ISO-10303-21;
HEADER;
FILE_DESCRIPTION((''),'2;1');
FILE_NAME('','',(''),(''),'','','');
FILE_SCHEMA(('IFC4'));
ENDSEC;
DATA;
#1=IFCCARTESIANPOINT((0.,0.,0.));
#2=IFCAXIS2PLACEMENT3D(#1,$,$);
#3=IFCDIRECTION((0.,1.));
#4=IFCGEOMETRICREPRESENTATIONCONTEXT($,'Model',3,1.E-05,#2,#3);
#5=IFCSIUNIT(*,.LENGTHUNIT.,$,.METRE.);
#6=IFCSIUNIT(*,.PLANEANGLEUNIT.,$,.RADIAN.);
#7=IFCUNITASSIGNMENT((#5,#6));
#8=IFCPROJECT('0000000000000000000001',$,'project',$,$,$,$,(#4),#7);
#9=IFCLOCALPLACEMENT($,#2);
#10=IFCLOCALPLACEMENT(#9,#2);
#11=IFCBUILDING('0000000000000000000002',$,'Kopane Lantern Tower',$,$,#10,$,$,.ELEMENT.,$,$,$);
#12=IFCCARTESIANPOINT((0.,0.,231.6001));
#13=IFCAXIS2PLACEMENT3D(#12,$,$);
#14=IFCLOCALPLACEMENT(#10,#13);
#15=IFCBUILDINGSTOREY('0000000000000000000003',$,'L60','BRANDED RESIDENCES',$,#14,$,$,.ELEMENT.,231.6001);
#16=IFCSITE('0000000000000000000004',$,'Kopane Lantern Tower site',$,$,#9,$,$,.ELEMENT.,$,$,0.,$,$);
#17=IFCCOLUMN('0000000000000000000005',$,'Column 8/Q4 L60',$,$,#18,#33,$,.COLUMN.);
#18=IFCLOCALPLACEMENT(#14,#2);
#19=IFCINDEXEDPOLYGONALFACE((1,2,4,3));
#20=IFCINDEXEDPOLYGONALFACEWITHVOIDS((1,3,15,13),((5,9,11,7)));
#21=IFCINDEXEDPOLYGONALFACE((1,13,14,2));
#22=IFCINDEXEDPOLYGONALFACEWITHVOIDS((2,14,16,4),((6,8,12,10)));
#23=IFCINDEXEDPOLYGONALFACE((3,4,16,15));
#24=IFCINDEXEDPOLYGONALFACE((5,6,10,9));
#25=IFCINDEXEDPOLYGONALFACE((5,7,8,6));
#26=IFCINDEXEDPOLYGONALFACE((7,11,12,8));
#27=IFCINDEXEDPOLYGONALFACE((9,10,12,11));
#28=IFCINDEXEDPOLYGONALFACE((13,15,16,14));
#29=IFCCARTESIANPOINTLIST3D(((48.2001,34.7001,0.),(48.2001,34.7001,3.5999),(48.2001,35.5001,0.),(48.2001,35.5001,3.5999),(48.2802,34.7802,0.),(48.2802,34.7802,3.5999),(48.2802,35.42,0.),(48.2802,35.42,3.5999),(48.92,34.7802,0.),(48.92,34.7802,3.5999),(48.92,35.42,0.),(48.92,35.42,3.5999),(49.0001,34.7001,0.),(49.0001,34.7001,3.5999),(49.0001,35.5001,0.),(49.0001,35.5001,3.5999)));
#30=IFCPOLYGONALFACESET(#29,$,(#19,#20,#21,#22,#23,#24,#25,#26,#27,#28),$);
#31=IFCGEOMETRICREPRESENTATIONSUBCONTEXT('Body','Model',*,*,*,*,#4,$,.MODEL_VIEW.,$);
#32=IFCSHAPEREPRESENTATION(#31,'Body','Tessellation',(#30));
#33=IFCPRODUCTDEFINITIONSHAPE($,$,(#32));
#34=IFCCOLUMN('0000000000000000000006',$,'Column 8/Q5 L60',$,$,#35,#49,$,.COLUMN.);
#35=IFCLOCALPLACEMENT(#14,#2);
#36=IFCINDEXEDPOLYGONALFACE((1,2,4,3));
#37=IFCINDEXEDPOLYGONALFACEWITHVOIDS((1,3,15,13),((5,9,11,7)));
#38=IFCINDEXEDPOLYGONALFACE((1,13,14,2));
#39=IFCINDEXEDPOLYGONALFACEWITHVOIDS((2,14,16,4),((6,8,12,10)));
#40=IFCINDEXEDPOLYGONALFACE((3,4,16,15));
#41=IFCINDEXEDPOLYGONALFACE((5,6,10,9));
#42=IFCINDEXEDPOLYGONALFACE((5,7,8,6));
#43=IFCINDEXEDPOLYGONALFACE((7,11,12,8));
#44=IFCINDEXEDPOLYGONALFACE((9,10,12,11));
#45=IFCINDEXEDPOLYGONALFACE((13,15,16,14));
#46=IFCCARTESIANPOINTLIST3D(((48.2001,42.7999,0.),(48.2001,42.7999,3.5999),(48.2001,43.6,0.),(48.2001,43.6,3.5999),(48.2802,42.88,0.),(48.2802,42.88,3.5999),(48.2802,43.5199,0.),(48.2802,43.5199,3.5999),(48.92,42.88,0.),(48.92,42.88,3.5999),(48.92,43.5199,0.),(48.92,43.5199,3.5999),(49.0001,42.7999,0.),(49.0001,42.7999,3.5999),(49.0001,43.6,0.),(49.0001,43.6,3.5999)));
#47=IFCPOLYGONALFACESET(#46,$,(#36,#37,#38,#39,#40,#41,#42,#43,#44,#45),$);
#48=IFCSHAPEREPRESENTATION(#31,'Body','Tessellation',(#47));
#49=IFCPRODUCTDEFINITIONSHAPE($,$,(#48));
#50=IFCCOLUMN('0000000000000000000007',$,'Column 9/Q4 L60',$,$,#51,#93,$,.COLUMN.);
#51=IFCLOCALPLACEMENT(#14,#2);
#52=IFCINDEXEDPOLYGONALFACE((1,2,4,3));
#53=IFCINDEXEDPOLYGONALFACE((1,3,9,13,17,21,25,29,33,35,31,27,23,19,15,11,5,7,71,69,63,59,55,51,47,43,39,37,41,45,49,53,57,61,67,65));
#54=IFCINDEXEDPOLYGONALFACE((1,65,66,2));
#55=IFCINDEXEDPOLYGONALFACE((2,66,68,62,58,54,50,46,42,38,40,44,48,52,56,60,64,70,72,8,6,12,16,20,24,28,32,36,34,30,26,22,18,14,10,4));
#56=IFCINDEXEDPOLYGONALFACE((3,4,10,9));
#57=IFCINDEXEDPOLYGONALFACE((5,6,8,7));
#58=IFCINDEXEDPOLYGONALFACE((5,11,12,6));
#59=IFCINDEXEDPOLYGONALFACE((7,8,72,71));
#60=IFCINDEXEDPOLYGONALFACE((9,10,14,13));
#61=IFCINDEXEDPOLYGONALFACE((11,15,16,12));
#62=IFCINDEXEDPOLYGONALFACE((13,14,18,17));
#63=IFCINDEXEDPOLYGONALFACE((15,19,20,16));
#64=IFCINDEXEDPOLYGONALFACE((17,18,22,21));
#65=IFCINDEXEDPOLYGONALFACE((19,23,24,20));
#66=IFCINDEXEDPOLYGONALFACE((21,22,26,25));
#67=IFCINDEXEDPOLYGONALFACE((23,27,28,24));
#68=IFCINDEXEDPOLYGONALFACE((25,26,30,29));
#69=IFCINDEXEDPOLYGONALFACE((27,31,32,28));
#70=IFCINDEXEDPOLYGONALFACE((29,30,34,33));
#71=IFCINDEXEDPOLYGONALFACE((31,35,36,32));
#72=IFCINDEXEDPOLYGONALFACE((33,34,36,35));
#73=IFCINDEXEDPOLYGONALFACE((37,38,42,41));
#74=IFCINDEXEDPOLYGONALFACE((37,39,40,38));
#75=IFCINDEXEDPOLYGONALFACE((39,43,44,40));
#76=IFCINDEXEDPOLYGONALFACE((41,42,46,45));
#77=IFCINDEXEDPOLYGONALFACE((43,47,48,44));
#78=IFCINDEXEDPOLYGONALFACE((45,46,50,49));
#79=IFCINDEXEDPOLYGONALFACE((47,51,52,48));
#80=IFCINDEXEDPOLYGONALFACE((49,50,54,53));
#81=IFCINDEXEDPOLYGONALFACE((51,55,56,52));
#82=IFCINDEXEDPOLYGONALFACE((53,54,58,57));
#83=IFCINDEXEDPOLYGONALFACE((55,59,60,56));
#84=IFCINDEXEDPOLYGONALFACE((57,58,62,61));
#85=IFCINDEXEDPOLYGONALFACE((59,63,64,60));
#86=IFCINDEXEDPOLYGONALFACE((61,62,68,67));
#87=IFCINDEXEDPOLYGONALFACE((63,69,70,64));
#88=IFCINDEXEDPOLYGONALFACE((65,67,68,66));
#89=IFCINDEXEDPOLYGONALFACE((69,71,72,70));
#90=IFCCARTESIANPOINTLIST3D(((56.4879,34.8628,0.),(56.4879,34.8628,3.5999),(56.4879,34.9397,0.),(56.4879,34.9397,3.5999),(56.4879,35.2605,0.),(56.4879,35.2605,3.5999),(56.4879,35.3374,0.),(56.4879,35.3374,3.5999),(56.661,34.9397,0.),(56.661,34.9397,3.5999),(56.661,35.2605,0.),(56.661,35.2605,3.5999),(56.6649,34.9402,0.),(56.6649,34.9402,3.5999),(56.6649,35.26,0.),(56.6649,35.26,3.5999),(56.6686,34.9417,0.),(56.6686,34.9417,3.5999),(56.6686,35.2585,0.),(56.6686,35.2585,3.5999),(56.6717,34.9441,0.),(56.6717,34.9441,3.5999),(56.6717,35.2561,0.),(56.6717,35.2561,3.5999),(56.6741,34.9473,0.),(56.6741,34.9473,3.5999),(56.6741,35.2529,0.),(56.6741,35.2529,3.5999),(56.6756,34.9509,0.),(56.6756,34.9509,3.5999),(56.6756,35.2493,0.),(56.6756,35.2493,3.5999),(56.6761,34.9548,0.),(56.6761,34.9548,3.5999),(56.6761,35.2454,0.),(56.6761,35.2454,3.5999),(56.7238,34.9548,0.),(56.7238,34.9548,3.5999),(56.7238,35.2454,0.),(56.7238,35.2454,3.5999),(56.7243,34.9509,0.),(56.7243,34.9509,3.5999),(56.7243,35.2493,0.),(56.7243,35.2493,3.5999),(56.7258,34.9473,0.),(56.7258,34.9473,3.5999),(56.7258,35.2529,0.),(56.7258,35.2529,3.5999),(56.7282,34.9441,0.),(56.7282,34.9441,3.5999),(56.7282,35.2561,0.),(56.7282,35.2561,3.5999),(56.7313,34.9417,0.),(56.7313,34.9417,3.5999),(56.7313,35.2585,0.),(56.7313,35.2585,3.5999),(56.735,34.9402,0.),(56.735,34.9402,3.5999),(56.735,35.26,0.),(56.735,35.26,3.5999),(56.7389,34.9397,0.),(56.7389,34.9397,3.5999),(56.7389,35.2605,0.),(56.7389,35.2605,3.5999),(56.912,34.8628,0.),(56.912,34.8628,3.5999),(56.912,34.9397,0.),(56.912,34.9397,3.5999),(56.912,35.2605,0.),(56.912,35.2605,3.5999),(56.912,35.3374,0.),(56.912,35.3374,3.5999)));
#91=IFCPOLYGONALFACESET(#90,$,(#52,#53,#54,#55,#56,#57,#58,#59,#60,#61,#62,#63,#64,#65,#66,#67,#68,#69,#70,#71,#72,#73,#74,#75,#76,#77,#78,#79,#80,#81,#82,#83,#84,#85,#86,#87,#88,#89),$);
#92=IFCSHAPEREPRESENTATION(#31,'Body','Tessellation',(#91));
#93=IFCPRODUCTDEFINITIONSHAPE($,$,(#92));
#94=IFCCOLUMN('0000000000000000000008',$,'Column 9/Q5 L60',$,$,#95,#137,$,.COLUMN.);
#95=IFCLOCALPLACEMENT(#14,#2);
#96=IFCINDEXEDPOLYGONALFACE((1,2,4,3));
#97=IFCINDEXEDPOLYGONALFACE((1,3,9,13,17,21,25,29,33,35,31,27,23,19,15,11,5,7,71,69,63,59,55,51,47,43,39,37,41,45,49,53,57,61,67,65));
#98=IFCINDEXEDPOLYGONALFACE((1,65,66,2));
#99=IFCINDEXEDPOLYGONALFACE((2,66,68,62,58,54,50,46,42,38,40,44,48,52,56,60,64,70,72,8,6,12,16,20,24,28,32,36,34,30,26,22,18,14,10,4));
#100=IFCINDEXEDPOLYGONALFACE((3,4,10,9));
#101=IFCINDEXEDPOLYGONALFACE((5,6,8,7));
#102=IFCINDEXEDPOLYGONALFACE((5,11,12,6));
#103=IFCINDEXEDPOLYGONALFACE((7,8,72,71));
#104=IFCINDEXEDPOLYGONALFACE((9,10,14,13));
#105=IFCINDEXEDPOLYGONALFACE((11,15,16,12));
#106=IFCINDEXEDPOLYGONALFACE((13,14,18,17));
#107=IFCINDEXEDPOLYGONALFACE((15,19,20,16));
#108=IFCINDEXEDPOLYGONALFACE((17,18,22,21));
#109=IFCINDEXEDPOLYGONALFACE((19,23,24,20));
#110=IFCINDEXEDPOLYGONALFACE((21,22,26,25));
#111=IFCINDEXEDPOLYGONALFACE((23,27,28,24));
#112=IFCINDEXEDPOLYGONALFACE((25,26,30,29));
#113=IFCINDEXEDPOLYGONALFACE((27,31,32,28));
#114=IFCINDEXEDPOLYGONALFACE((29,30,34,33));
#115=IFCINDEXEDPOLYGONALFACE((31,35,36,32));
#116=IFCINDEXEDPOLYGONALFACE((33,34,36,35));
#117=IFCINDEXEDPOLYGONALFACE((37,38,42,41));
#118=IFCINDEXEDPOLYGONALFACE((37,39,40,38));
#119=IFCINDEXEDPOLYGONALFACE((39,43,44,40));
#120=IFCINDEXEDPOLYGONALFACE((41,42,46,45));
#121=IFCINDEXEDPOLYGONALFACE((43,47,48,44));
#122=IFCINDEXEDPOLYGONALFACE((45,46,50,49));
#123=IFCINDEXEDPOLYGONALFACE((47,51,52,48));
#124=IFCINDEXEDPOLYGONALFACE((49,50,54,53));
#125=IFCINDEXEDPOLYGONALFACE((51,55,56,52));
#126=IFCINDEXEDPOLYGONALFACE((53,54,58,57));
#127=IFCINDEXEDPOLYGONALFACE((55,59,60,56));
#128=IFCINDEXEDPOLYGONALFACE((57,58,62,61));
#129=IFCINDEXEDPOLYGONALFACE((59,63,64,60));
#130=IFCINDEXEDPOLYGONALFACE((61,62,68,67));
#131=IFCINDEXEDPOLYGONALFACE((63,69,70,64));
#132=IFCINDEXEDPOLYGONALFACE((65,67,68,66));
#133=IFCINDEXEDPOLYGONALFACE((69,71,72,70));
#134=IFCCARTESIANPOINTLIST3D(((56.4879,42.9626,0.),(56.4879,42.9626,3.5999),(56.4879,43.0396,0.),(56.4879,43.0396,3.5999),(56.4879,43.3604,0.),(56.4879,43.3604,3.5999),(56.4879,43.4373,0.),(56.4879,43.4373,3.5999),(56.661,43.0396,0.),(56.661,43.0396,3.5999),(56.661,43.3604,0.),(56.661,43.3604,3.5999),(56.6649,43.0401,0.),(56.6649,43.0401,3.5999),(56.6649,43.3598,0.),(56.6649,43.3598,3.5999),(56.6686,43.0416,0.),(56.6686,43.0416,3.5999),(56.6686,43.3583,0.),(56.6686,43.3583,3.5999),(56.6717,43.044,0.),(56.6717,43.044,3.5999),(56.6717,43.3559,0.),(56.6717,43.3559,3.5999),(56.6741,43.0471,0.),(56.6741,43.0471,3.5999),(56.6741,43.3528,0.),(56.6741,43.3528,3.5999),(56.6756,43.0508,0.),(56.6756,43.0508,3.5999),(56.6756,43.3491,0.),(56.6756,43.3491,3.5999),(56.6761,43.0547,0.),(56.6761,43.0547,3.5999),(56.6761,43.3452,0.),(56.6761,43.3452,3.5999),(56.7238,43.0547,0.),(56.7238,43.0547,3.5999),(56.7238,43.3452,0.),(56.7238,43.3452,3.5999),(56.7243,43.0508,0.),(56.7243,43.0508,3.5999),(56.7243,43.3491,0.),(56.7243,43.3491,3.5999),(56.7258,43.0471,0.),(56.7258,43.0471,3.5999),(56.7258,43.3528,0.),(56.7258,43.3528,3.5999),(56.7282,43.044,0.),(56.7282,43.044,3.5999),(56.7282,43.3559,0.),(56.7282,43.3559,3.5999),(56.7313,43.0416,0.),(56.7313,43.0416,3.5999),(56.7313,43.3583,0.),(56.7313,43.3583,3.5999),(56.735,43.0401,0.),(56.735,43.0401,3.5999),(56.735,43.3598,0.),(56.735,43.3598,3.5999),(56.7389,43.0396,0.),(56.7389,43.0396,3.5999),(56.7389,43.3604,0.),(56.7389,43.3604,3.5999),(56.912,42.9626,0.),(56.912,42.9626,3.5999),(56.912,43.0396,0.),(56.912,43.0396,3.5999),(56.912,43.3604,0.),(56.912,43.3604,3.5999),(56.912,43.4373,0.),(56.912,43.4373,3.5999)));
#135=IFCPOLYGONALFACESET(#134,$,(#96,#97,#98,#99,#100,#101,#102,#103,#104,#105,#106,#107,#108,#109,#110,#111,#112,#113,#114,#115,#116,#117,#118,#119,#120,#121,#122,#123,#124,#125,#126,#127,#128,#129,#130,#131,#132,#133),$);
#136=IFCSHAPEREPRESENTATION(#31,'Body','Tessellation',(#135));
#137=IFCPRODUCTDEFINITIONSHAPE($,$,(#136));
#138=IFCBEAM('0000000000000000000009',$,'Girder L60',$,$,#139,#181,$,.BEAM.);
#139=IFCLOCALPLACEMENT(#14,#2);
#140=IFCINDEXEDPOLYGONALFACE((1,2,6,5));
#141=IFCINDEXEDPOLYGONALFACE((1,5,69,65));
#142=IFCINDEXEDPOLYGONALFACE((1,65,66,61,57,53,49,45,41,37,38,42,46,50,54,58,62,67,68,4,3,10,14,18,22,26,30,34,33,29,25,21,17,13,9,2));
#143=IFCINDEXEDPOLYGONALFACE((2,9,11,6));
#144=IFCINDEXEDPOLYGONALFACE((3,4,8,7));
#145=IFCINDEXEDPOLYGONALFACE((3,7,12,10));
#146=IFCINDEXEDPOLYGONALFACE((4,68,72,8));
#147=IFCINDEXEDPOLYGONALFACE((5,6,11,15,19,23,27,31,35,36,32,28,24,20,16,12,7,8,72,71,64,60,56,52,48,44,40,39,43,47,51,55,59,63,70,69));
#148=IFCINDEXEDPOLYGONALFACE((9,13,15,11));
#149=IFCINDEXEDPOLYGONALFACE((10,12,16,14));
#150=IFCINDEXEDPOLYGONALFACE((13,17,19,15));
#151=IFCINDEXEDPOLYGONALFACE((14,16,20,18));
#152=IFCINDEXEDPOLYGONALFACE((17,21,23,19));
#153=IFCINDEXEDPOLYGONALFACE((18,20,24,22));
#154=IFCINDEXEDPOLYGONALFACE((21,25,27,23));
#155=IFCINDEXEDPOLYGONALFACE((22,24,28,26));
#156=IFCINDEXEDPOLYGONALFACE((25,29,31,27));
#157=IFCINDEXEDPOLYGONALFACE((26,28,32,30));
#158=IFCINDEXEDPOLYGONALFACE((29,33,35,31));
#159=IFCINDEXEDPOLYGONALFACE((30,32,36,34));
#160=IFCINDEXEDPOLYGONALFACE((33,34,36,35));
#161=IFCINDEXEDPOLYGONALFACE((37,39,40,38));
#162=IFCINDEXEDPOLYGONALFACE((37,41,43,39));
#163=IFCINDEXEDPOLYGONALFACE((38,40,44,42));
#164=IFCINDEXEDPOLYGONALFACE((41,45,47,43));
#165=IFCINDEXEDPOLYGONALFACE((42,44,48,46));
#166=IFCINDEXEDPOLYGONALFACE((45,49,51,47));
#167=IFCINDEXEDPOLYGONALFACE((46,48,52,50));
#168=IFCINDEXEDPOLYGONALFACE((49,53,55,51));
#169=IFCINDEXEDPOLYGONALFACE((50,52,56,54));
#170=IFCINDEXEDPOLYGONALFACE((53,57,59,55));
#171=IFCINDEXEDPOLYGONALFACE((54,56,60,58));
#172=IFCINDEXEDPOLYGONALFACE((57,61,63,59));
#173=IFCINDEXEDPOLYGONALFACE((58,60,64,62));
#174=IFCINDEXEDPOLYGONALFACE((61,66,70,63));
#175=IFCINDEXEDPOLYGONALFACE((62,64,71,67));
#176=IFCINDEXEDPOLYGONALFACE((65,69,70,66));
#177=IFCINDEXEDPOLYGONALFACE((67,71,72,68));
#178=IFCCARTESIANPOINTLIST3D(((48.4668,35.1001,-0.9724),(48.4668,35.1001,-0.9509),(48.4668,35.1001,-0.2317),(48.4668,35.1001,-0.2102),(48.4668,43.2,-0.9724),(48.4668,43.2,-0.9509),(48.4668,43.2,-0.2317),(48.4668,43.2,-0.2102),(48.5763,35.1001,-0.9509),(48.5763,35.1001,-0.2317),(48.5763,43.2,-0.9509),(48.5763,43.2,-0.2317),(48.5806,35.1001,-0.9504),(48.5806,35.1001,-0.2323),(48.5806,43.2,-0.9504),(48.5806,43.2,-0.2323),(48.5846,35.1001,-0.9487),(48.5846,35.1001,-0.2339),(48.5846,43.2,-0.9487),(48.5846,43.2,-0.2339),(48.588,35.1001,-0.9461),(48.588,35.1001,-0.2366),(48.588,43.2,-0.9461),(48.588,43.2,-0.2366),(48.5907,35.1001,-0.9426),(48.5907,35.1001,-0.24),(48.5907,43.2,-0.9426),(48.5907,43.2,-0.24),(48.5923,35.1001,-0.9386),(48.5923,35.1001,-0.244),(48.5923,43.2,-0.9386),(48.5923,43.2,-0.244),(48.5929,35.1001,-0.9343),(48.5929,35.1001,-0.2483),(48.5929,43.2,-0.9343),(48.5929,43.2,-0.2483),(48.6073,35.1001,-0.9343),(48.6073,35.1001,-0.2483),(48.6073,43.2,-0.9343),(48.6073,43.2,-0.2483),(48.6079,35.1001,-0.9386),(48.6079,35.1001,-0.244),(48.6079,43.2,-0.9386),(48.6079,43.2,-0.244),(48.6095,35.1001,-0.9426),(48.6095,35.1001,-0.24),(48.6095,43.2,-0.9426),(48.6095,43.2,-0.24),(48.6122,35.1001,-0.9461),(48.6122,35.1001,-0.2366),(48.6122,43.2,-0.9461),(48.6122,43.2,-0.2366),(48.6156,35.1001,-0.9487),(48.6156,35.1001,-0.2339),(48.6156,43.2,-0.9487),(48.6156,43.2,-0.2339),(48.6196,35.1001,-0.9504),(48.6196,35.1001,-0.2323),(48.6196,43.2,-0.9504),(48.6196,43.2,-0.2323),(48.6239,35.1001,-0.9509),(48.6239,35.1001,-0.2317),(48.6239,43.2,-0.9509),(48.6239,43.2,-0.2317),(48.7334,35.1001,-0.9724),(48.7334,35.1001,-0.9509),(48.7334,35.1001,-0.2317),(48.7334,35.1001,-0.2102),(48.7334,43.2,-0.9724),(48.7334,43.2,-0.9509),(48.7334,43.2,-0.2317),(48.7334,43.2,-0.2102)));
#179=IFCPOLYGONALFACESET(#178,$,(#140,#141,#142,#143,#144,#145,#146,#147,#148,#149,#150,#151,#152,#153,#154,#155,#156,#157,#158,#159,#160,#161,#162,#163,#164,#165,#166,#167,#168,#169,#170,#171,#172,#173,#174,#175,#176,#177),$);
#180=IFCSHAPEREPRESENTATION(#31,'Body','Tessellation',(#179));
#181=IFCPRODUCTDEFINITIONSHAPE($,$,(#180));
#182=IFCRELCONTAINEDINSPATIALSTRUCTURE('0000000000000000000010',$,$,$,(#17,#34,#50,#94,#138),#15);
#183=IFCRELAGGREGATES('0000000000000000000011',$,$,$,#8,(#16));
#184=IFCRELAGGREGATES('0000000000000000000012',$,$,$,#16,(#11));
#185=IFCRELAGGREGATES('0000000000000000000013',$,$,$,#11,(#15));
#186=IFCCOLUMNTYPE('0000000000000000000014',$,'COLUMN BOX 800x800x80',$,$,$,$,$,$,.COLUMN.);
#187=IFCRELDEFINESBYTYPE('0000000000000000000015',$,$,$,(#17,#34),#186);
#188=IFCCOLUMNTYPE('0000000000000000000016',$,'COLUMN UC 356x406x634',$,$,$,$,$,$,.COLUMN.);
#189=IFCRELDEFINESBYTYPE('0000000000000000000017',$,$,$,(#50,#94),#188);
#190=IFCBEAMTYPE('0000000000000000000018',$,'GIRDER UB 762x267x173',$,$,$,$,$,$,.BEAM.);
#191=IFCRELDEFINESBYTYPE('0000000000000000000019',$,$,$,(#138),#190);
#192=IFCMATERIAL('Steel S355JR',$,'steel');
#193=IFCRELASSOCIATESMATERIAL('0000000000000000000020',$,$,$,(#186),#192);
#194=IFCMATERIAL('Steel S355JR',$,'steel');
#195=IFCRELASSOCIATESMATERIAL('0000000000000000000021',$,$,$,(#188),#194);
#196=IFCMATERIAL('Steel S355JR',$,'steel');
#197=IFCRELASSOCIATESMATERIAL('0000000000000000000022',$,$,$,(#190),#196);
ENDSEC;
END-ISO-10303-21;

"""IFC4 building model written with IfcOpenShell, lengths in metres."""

from ifc_helpers import new_model, si_unit, direction, frame, origin, origin_2d, place, context, subcontext, project, spatial, hollow_rectangle, i_section, extrude, material, material_profile, profile_set, type_object, element, save


model = new_model("IFC4")

# Units and contexts
model_context = context("Model", 3, precision=1e-05, world=origin(), true_north=direction((0.0, 1.0)))
body_context = subcontext(model_context, "Body", "Model", "MODEL_VIEW")
ifc_project = project(units=[si_unit("LENGTHUNIT", "METRE"), si_unit("PLANEANGLEUNIT", "RADIAN")], contexts=[model_context])

# Site, building, storey
site_placement = place(None, origin())
site = spatial("IfcSite", under=ifc_project, at=site_placement, Name="Kopane Lantern Tower site", CompositionType="ELEMENT", RefElevation=0.0)
building_placement = place(site_placement, origin())
building = spatial("IfcBuilding", under=site, at=building_placement, Name="Kopane Lantern Tower", CompositionType="ELEMENT")
storey_placement = place(building_placement, frame((0.0, 0.0, 231.6001)))
storey = spatial("IfcBuildingStorey", under=building, at=storey_placement, Name="L60", Description="BRANDED RESIDENCES", CompositionType="ELEMENT", Elevation=231.6001)

# Columns
ifc_material_1 = material(Name="Steel S355JR", Category="steel")
ifc_material_profile_1 = material_profile(ifc_material_1, hollow_rectangle(XDim=0.8, YDim=0.8, WallThickness=0.0801, at=origin_2d()), Name="BOX 800x800x80")
ifc_profile_set_1 = profile_set([ifc_material_profile_1], Name="Steel S355JR")
column_type_1 = type_object("IfcColumnType", Name="COLUMN BOX 800x800x80", PredefinedType="COLUMN", material=ifc_profile_set_1)
for number, where, z_axis, x_axis, name in (
    (1, (48.6001, 35.1001, 0.0), (0.0, 0.0, 1.0), (1.0, 0.0, 0.0), "Column 8/Q4 L60"),
    (2, (48.6001, 43.2, 0.0), (0.0, 0.0, 1.0), (1.0, 0.0, 0.0), "Column 8/Q5 L60"),
):
    element("IfcColumn", number, at=place(storey_placement, frame(where, z_axis=z_axis, x_axis=x_axis)), inside=storey, type_object=column_type_1, Name=name, PredefinedType="COLUMN", context=body_context, shape_type="SweptSolid", body=[
        extrude(hollow_rectangle(XDim=0.8, YDim=0.8, WallThickness=0.0801, at=origin_2d()), origin(), (0.0, 0.0, 1.0), 3.5999),
    ])
ifc_material_2 = material(Name="Steel S355JR", Category="steel")
ifc_material_profile_2 = material_profile(ifc_material_2, i_section(OverallWidth=0.4241, OverallDepth=0.4746, WebThickness=0.0476, FlangeThickness=0.0769, FilletRadius=0.0151, at=origin_2d()), Name="UC 356x406x634")
ifc_profile_set_2 = profile_set([ifc_material_profile_2], Name="Steel S355JR")
column_type_2 = type_object("IfcColumnType", Name="COLUMN UC 356x406x634", PredefinedType="COLUMN", material=ifc_profile_set_2)
for number, where, z_axis, x_axis, name in (
    (3, (56.7, 35.1001, 0.0), (0.0, 0.0, 1.0), (1.0, 0.0, 0.0), "Column 9/Q4 L60"),
    (4, (56.7, 43.2, 0.0), (0.0, 0.0, 1.0), (1.0, 0.0, 0.0), "Column 9/Q5 L60"),
):
    element("IfcColumn", number, at=place(storey_placement, frame(where, z_axis=z_axis, x_axis=x_axis)), inside=storey, type_object=column_type_2, Name=name, PredefinedType="COLUMN", context=body_context, shape_type="SweptSolid", body=[
        extrude(i_section(OverallWidth=0.4241, OverallDepth=0.4746, WebThickness=0.0476, FlangeThickness=0.0769, FilletRadius=0.0151, at=origin_2d()), origin(), (0.0, 0.0, 1.0), 3.5999),
    ])

# Beam
ifc_material_3 = material(Name="Steel S355JR", Category="steel")
ifc_material_profile_3 = material_profile(ifc_material_3, i_section(OverallWidth=0.2666, OverallDepth=0.7622, WebThickness=0.0144, FlangeThickness=0.0215, FilletRadius=0.0166, at=origin_2d()), Name="UB 762x267x173")
ifc_profile_set_3 = profile_set([ifc_material_profile_3], Name="Steel S355JR")
beam_type = type_object("IfcBeamType", Name="GIRDER UB 762x267x173", PredefinedType="BEAM", material=ifc_profile_set_3)
for number, where, z_axis, x_axis, name in (
    (5, (48.6001, 35.1001, -0.5913), (0.0, 1.0, 0.0), (-1.0, 0.0, 0.0), "Girder L60"),
):
    element("IfcBeam", number, at=place(storey_placement, frame(where, z_axis=z_axis, x_axis=x_axis)), inside=storey, type_object=beam_type, Name=name, PredefinedType="BEAM", context=body_context, shape_type="SweptSolid", body=[
        extrude(i_section(OverallWidth=0.2666, OverallDepth=0.7622, WebThickness=0.0144, FlangeThickness=0.0215, FilletRadius=0.0166, at=origin_2d()), origin(), (0.0, 0.0, 1.0), 8.0999),
    ])

save(model, "model.ifc")
